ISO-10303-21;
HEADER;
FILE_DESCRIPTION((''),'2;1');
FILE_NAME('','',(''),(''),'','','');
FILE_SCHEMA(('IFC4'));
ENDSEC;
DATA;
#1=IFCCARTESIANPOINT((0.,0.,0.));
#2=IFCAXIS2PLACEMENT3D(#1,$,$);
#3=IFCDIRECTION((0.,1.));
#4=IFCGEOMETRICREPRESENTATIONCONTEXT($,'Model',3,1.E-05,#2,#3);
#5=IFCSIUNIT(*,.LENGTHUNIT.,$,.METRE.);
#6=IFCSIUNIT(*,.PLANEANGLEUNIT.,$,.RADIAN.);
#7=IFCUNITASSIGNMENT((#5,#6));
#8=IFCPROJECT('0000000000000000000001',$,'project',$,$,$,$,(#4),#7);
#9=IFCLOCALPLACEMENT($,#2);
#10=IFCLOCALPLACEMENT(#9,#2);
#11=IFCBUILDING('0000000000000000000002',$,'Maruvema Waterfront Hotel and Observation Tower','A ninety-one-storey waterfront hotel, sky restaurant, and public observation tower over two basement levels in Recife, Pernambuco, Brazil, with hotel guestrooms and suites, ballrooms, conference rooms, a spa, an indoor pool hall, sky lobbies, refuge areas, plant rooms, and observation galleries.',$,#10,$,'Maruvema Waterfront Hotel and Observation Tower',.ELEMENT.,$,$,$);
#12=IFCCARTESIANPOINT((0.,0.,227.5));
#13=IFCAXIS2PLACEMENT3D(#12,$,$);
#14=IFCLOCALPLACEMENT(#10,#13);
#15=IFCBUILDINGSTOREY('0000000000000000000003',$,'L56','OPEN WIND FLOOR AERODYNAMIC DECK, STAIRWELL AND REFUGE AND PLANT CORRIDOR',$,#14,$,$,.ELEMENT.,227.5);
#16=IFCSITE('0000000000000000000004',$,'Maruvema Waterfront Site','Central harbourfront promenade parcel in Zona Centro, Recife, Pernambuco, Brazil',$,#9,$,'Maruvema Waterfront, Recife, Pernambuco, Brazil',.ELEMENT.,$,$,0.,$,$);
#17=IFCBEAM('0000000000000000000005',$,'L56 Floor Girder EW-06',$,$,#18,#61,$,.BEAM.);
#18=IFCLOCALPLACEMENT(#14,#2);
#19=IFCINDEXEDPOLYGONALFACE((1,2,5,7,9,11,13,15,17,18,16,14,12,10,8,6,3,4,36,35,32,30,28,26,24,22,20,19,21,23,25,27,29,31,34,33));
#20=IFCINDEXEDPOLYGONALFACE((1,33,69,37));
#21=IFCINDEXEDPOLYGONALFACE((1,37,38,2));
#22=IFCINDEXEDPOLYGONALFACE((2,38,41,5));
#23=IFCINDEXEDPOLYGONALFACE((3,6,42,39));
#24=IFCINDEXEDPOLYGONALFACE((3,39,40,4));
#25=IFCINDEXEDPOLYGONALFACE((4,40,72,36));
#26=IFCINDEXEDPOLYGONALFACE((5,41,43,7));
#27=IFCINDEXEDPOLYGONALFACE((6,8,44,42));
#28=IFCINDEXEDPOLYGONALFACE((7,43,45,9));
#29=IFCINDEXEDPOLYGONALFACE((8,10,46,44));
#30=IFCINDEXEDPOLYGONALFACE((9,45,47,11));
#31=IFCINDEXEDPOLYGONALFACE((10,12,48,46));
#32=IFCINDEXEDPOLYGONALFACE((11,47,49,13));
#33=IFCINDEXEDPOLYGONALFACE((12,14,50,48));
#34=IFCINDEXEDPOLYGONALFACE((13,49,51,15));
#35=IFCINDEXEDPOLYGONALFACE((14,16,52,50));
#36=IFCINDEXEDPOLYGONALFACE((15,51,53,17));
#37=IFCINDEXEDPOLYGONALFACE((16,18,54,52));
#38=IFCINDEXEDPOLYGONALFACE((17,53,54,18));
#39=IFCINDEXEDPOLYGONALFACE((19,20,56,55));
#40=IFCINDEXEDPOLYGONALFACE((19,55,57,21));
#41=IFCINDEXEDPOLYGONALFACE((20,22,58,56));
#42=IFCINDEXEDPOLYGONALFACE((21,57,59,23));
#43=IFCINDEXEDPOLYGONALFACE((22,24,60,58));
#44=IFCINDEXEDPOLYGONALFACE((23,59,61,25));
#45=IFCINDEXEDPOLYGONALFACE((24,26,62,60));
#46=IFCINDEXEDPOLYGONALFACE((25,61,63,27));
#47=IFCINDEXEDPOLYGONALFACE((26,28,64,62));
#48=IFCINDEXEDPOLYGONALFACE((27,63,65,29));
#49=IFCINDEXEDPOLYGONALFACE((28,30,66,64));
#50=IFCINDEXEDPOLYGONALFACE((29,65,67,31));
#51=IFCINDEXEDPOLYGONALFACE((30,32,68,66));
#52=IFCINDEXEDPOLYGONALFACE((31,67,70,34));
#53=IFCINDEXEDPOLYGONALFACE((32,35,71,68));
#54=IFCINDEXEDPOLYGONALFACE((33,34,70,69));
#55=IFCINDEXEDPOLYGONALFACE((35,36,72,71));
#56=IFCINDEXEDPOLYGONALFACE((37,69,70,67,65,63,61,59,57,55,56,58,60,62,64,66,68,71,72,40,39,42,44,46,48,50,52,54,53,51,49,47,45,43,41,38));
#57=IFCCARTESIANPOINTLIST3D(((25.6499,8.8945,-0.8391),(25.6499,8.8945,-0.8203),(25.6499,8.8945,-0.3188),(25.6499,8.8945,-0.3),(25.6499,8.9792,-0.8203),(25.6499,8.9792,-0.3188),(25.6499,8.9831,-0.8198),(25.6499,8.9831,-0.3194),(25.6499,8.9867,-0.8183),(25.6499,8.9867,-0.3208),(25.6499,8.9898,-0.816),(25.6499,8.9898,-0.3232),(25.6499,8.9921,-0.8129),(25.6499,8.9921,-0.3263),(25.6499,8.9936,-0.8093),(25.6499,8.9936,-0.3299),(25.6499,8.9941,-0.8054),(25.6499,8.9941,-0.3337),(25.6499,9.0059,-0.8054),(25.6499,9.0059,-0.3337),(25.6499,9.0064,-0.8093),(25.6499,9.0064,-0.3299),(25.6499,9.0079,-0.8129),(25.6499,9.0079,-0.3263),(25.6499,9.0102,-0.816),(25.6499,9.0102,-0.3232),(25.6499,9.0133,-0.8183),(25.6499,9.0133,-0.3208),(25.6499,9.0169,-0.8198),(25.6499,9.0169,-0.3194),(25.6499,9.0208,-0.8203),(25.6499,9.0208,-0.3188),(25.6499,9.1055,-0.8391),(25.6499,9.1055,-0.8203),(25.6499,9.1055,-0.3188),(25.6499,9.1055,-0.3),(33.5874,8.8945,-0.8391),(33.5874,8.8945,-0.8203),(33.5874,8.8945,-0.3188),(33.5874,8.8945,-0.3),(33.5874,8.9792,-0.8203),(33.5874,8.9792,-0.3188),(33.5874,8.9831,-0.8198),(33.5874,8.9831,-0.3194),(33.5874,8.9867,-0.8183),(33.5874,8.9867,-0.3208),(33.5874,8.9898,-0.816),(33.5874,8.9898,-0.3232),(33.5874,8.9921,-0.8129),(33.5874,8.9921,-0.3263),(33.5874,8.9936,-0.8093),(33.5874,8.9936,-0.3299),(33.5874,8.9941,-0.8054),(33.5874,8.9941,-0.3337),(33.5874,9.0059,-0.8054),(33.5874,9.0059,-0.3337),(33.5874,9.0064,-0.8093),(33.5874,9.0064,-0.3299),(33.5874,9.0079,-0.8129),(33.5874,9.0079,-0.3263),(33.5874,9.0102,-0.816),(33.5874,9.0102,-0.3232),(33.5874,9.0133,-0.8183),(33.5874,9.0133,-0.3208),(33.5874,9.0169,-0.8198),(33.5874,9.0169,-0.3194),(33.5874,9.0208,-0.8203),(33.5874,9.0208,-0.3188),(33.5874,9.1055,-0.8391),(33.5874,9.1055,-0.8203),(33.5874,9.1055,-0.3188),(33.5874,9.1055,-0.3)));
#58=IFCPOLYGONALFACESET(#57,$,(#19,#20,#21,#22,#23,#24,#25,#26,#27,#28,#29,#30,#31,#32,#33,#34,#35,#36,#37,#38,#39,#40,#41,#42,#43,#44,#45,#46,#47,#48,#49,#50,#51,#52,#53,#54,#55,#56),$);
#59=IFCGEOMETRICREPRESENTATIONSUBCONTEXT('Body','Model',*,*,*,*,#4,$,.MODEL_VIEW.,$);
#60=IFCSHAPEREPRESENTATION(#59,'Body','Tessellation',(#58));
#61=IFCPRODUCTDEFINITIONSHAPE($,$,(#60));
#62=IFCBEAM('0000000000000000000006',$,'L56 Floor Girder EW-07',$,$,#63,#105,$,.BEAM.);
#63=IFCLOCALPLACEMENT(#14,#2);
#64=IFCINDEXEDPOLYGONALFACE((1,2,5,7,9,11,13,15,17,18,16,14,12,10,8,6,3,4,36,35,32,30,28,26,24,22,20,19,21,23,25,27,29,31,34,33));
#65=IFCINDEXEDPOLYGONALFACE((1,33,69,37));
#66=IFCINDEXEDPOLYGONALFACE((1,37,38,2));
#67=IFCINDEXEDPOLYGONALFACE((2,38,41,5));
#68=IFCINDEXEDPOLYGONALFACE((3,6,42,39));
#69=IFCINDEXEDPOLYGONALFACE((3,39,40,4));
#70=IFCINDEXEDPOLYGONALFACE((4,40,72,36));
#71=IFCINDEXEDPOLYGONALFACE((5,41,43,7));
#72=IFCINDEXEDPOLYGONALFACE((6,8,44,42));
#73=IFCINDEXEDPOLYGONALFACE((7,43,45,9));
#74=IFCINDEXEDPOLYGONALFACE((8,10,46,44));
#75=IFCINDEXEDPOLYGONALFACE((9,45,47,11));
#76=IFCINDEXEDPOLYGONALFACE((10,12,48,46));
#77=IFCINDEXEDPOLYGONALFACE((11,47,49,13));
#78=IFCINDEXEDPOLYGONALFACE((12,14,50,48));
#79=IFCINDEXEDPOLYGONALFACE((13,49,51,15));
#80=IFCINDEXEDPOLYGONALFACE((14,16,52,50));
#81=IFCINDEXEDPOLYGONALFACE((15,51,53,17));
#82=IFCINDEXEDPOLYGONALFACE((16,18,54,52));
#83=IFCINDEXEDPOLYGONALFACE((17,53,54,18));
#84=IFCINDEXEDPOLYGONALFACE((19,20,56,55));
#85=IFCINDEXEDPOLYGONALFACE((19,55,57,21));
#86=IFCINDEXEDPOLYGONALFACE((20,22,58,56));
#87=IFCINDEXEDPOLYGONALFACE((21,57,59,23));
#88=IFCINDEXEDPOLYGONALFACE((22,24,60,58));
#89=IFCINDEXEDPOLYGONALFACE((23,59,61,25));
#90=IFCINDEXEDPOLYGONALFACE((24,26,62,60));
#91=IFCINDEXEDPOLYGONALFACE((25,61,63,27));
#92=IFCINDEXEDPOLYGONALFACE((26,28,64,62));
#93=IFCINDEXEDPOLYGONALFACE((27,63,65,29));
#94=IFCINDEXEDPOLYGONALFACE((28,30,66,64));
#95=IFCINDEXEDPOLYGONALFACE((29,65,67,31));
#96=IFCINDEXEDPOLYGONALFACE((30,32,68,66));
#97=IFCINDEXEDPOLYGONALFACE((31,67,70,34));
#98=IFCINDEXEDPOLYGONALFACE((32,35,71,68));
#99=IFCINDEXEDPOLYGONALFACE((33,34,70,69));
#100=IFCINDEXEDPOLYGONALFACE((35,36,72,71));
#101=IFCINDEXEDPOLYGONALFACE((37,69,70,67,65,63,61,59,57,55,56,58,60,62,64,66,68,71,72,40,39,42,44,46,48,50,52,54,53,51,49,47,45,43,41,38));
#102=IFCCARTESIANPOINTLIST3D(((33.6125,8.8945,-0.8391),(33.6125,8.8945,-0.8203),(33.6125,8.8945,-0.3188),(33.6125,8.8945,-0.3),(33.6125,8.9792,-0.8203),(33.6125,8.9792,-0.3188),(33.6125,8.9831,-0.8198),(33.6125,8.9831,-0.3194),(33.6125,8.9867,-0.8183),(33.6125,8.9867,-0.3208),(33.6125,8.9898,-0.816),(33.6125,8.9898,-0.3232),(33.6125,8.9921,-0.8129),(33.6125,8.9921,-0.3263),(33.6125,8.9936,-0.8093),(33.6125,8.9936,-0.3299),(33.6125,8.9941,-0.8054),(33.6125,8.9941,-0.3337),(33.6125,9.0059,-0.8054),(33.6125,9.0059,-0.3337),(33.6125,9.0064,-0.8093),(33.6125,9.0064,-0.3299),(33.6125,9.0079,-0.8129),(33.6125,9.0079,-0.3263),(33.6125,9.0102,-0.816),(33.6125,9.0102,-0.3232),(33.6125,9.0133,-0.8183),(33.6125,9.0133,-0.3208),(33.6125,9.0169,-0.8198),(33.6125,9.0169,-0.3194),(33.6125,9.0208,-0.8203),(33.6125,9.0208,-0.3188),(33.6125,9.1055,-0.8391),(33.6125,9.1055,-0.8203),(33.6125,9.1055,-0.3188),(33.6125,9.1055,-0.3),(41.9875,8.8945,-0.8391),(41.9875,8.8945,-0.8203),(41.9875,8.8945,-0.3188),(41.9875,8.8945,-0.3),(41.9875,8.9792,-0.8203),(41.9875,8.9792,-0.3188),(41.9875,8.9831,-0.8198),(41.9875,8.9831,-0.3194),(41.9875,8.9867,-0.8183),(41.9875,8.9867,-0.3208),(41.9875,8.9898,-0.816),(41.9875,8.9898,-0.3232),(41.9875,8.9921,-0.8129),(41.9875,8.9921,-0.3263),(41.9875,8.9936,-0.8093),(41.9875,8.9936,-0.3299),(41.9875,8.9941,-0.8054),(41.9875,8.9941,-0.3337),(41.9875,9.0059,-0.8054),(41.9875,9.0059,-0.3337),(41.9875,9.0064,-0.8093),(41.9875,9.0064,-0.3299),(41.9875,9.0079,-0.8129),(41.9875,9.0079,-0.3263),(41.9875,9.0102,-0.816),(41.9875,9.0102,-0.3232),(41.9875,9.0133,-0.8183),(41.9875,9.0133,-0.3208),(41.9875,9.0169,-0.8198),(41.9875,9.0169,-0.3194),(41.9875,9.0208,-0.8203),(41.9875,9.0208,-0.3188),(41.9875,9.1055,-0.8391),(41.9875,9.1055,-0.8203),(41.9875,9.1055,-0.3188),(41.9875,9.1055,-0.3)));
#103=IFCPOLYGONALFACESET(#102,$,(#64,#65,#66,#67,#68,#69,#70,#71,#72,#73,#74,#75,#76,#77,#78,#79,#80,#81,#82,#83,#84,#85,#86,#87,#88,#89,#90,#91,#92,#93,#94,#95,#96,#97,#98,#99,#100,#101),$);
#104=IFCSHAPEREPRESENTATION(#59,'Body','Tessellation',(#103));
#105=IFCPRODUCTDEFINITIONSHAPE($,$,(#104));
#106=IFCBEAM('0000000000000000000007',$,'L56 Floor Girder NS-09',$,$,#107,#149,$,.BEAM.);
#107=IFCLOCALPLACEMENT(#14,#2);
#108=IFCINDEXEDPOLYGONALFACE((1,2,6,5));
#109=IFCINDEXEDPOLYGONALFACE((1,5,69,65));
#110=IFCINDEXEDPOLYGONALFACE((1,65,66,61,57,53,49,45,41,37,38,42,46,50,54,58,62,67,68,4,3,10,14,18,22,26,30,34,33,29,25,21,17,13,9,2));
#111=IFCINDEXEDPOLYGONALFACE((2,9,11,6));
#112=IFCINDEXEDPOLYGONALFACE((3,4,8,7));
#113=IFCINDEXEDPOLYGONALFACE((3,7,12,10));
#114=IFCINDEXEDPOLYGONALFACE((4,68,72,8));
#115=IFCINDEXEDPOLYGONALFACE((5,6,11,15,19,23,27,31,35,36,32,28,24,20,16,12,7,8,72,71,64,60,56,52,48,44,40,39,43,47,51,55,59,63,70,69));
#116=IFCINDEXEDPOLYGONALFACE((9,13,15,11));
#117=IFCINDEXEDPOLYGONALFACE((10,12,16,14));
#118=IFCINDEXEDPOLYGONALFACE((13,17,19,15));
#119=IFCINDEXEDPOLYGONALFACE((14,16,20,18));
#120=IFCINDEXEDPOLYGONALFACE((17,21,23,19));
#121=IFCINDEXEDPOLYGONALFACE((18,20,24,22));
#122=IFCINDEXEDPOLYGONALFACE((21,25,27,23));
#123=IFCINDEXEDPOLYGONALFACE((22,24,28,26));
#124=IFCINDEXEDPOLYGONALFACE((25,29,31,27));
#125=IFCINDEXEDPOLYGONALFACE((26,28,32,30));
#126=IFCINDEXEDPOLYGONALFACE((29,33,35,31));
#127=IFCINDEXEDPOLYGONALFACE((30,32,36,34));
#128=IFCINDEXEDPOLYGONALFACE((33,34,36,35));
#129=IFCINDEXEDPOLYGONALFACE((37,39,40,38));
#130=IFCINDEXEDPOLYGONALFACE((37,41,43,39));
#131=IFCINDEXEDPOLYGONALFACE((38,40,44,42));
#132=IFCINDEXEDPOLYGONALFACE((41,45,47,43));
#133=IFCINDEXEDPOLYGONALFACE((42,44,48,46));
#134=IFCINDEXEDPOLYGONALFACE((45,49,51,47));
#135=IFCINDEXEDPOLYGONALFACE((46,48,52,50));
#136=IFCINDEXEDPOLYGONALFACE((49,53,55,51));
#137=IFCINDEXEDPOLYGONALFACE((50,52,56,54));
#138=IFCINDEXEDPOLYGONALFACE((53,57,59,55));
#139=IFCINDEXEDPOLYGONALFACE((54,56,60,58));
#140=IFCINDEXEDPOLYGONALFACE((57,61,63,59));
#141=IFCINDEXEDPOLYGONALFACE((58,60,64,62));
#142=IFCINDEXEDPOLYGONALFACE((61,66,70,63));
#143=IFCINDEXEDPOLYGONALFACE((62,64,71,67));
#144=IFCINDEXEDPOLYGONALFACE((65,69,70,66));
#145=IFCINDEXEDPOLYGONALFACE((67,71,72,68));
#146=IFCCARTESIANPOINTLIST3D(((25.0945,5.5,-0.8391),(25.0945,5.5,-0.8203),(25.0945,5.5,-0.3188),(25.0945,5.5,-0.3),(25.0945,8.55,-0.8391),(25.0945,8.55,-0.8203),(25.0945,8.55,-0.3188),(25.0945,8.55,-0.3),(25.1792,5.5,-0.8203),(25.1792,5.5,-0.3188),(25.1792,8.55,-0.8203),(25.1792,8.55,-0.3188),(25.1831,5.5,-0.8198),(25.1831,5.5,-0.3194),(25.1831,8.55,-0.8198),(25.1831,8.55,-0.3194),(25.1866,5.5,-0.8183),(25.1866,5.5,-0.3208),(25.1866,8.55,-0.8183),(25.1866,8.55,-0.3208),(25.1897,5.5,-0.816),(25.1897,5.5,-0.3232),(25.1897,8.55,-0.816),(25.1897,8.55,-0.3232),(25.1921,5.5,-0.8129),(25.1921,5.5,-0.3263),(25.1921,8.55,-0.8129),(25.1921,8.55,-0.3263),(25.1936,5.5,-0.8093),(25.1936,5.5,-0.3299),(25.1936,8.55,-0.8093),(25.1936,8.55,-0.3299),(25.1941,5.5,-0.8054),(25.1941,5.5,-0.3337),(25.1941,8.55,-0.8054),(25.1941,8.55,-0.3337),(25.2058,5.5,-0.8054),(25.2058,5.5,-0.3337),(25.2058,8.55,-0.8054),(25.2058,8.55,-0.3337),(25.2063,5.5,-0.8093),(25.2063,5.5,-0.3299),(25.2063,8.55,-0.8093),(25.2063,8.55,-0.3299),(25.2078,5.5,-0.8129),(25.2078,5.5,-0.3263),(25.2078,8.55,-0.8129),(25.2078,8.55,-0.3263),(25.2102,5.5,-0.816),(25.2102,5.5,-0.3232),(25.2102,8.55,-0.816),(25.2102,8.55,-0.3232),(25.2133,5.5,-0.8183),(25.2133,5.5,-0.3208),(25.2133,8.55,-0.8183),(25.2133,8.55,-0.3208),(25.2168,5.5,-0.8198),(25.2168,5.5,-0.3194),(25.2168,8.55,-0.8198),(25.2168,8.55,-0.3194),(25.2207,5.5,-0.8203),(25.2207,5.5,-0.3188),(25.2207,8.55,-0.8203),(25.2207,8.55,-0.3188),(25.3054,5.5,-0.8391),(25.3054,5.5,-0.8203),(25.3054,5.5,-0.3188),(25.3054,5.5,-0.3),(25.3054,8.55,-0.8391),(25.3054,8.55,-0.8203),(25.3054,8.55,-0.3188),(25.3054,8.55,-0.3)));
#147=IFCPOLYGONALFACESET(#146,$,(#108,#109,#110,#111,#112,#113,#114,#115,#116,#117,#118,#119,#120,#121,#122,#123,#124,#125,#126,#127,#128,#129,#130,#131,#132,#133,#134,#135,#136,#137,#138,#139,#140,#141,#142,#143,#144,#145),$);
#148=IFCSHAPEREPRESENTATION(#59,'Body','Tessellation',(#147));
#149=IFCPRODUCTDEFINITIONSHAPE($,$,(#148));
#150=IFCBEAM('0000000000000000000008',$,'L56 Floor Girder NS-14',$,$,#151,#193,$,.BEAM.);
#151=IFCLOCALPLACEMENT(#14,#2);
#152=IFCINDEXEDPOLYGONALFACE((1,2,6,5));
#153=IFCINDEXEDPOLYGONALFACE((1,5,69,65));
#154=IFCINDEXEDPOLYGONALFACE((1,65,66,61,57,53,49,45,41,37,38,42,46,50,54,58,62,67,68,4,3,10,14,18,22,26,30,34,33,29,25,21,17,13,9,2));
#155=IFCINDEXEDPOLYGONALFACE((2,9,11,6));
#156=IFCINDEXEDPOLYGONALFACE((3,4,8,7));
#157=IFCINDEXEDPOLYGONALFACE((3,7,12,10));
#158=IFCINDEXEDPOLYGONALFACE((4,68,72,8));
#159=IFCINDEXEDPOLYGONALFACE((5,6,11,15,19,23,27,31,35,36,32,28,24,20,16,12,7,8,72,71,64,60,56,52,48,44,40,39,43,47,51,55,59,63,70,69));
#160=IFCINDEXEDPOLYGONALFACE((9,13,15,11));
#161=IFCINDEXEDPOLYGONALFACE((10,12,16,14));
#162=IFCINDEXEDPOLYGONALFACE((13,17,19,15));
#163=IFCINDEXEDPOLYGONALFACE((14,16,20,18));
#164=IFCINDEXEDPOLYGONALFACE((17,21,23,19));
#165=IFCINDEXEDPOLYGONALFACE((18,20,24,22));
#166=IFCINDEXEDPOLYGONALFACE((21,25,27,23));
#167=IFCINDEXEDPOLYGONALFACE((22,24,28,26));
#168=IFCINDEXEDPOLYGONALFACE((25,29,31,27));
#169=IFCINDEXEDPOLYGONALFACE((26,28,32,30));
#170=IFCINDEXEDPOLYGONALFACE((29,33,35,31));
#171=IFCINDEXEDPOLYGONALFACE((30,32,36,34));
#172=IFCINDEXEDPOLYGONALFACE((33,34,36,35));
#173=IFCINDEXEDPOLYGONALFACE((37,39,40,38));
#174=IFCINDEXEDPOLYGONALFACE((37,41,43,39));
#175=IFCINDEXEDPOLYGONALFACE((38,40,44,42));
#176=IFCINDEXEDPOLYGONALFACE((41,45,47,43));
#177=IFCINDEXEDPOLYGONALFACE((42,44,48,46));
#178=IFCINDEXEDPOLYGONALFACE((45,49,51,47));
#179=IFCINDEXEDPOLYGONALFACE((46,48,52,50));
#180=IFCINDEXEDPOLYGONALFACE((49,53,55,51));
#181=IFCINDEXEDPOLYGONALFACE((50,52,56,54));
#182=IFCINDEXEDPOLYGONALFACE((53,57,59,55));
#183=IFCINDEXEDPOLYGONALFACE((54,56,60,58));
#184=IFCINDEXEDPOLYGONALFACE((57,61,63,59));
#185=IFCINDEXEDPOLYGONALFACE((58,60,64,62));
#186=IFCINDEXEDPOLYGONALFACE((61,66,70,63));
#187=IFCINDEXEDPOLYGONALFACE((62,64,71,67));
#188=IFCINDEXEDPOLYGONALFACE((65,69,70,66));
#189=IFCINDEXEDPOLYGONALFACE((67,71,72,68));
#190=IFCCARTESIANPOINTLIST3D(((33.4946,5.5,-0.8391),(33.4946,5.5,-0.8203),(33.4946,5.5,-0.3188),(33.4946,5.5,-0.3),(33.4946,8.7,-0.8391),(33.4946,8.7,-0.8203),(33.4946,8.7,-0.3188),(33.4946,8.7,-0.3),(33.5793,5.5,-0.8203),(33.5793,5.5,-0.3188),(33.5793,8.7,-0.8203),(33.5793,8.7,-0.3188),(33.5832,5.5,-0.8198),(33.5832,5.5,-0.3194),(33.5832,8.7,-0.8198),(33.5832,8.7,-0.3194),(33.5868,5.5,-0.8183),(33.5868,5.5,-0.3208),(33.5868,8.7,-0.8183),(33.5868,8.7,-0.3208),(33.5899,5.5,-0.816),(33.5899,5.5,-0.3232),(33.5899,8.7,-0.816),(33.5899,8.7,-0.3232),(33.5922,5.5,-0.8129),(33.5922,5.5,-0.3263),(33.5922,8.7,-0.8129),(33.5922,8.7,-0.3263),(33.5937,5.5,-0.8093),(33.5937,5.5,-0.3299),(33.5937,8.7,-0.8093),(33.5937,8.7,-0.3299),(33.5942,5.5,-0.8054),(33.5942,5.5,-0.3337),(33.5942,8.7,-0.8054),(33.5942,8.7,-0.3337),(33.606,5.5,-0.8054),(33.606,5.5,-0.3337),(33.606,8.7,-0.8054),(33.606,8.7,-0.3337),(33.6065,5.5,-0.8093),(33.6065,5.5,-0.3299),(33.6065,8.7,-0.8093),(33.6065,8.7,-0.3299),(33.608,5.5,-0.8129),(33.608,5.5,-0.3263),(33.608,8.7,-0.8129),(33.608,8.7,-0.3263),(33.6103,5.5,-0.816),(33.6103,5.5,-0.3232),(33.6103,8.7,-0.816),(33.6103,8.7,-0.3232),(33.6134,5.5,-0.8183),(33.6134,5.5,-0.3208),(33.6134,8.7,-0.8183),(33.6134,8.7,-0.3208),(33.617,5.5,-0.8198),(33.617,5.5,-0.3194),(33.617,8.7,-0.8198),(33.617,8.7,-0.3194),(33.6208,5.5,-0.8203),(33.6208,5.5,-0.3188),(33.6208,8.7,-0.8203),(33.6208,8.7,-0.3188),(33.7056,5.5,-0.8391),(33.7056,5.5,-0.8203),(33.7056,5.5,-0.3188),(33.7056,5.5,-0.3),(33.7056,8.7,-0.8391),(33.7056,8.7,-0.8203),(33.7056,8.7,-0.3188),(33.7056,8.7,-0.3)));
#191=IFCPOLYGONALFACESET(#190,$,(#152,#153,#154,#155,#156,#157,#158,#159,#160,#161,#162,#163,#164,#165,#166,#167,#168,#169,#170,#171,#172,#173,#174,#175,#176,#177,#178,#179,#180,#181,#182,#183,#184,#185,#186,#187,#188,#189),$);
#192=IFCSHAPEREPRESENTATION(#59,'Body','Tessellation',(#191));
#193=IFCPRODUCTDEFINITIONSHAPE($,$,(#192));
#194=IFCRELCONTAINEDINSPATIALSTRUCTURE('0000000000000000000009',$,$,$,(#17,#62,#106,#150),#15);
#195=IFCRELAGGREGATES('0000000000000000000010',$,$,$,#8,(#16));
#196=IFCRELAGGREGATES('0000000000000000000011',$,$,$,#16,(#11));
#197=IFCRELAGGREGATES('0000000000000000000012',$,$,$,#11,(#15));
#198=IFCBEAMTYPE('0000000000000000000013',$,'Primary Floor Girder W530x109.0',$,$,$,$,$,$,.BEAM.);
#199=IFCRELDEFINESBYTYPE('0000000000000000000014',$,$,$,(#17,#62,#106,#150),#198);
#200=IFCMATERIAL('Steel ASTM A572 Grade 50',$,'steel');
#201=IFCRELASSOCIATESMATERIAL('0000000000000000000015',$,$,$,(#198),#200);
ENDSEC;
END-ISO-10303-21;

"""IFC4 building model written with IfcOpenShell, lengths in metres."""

from ifc_helpers import new_model, si_unit, direction, frame, origin, origin_2d, place, context, subcontext, project, spatial, i_section, extrude, material, material_profile, profile_set, type_object, element, save


model = new_model("IFC4")

# Units and contexts
model_context = context("Model", 3, precision=1e-05, world=origin(), true_north=direction((0.0, 1.0)))
body_context = subcontext(model_context, "Body", "Model", "MODEL_VIEW")
ifc_project = project(units=[si_unit("LENGTHUNIT", "METRE"), si_unit("PLANEANGLEUNIT", "RADIAN")], contexts=[model_context])

# Site, building, storey
site_placement = place(None, origin())
site = spatial("IfcSite", under=ifc_project, at=site_placement, Name="Maruvema Waterfront Site", Description="Central harbourfront promenade parcel in Zona Centro, Recife, Pernambuco, Brazil", LongName="Maruvema Waterfront, Recife, Pernambuco, Brazil", CompositionType="ELEMENT", RefElevation=0.0)
building_placement = place(site_placement, origin())
building = spatial("IfcBuilding", under=site, at=building_placement, Name="Maruvema Waterfront Hotel and Observation Tower", Description="A ninety-one-storey waterfront hotel, sky restaurant, and public observation tower over two basement levels in Recife, Pernambuco, Brazil, with hotel guestrooms and suites, ballrooms, conference rooms, a spa, an indoor pool hall, sky lobbies, refuge areas, plant rooms, and observation galleries.", LongName="Maruvema Waterfront Hotel and Observation Tower", CompositionType="ELEMENT")
storey_placement = place(building_placement, frame((0.0, 0.0, 227.5)))
storey = spatial("IfcBuildingStorey", under=building, at=storey_placement, Name="L56", Description="OPEN WIND FLOOR AERODYNAMIC DECK, STAIRWELL AND REFUGE AND PLANT CORRIDOR", CompositionType="ELEMENT", Elevation=227.5)

# Beams
ifc_material_1 = material(Name="Steel ASTM A572 Grade 50", Category="steel")
ifc_material_profile_1 = material_profile(ifc_material_1, i_section(OverallWidth=0.2109, OverallDepth=0.5391, WebThickness=0.0117, FlangeThickness=0.0188, FilletRadius=0.0149, at=origin_2d()), Name="W530x109.0")
ifc_profile_set_1 = profile_set([ifc_material_profile_1], Name="Steel ASTM A572 Grade 50")
beam_type_1 = type_object("IfcBeamType", Name="Primary Floor Girder W530x109.0", PredefinedType="BEAM", material=ifc_profile_set_1)
beam_1_placement = place(storey_placement, frame((25.6499, 9.0, -0.5696), z_axis=(1.0, 0.0, 0.0), x_axis=(0.0, 1.0, 0.0)))
element("IfcBeam", 1, at=beam_1_placement, inside=storey, type_object=beam_type_1, Name="L56 Floor Girder EW-06", PredefinedType="BEAM", context=body_context, shape_type="SweptSolid", body=[
    extrude(i_section(OverallWidth=0.2109, OverallDepth=0.5391, WebThickness=0.0117, FlangeThickness=0.0188, FilletRadius=0.0149, at=origin_2d()), origin(), (0.0, 0.0, 1.0), 7.9375),
])
beam_2_placement = place(storey_placement, frame((33.6125, 9.0, -0.5696), z_axis=(1.0, 0.0, 0.0), x_axis=(0.0, 1.0, 0.0)))
element("IfcBeam", 2, at=beam_2_placement, inside=storey, type_object=beam_type_1, Name="L56 Floor Girder EW-07", PredefinedType="BEAM", context=body_context, shape_type="SweptSolid", body=[
    extrude(i_section(OverallWidth=0.2109, OverallDepth=0.5391, WebThickness=0.0117, FlangeThickness=0.0188, FilletRadius=0.0149, at=origin_2d()), origin(), (0.0, 0.0, 1.0), 8.375),
])
beam_3_placement = place(storey_placement, frame((25.2, 5.5, -0.5696), z_axis=(0.0, 1.0, 0.0), x_axis=(-1.0, 0.0, 0.0)))
element("IfcBeam", 3, at=beam_3_placement, inside=storey, type_object=beam_type_1, Name="L56 Floor Girder NS-09", PredefinedType="BEAM", context=body_context, shape_type="SweptSolid", body=[
    extrude(i_section(OverallWidth=0.2109, OverallDepth=0.5391, WebThickness=0.0117, FlangeThickness=0.0188, FilletRadius=0.0149, at=origin_2d()), origin(), (0.0, 0.0, 1.0), 3.05),
])
beam_4_placement = place(storey_placement, frame((33.6001, 5.5, -0.5696), z_axis=(0.0, 1.0, 0.0), x_axis=(-1.0, 0.0, 0.0)))
element("IfcBeam", 4, at=beam_4_placement, inside=storey, type_object=beam_type_1, Name="L56 Floor Girder NS-14", PredefinedType="BEAM", context=body_context, shape_type="SweptSolid", body=[
    extrude(i_section(OverallWidth=0.2109, OverallDepth=0.5391, WebThickness=0.0117, FlangeThickness=0.0188, FilletRadius=0.0149, at=origin_2d()), origin(), (0.0, 0.0, 1.0), 3.2),
])

save(model, "model.ifc")
